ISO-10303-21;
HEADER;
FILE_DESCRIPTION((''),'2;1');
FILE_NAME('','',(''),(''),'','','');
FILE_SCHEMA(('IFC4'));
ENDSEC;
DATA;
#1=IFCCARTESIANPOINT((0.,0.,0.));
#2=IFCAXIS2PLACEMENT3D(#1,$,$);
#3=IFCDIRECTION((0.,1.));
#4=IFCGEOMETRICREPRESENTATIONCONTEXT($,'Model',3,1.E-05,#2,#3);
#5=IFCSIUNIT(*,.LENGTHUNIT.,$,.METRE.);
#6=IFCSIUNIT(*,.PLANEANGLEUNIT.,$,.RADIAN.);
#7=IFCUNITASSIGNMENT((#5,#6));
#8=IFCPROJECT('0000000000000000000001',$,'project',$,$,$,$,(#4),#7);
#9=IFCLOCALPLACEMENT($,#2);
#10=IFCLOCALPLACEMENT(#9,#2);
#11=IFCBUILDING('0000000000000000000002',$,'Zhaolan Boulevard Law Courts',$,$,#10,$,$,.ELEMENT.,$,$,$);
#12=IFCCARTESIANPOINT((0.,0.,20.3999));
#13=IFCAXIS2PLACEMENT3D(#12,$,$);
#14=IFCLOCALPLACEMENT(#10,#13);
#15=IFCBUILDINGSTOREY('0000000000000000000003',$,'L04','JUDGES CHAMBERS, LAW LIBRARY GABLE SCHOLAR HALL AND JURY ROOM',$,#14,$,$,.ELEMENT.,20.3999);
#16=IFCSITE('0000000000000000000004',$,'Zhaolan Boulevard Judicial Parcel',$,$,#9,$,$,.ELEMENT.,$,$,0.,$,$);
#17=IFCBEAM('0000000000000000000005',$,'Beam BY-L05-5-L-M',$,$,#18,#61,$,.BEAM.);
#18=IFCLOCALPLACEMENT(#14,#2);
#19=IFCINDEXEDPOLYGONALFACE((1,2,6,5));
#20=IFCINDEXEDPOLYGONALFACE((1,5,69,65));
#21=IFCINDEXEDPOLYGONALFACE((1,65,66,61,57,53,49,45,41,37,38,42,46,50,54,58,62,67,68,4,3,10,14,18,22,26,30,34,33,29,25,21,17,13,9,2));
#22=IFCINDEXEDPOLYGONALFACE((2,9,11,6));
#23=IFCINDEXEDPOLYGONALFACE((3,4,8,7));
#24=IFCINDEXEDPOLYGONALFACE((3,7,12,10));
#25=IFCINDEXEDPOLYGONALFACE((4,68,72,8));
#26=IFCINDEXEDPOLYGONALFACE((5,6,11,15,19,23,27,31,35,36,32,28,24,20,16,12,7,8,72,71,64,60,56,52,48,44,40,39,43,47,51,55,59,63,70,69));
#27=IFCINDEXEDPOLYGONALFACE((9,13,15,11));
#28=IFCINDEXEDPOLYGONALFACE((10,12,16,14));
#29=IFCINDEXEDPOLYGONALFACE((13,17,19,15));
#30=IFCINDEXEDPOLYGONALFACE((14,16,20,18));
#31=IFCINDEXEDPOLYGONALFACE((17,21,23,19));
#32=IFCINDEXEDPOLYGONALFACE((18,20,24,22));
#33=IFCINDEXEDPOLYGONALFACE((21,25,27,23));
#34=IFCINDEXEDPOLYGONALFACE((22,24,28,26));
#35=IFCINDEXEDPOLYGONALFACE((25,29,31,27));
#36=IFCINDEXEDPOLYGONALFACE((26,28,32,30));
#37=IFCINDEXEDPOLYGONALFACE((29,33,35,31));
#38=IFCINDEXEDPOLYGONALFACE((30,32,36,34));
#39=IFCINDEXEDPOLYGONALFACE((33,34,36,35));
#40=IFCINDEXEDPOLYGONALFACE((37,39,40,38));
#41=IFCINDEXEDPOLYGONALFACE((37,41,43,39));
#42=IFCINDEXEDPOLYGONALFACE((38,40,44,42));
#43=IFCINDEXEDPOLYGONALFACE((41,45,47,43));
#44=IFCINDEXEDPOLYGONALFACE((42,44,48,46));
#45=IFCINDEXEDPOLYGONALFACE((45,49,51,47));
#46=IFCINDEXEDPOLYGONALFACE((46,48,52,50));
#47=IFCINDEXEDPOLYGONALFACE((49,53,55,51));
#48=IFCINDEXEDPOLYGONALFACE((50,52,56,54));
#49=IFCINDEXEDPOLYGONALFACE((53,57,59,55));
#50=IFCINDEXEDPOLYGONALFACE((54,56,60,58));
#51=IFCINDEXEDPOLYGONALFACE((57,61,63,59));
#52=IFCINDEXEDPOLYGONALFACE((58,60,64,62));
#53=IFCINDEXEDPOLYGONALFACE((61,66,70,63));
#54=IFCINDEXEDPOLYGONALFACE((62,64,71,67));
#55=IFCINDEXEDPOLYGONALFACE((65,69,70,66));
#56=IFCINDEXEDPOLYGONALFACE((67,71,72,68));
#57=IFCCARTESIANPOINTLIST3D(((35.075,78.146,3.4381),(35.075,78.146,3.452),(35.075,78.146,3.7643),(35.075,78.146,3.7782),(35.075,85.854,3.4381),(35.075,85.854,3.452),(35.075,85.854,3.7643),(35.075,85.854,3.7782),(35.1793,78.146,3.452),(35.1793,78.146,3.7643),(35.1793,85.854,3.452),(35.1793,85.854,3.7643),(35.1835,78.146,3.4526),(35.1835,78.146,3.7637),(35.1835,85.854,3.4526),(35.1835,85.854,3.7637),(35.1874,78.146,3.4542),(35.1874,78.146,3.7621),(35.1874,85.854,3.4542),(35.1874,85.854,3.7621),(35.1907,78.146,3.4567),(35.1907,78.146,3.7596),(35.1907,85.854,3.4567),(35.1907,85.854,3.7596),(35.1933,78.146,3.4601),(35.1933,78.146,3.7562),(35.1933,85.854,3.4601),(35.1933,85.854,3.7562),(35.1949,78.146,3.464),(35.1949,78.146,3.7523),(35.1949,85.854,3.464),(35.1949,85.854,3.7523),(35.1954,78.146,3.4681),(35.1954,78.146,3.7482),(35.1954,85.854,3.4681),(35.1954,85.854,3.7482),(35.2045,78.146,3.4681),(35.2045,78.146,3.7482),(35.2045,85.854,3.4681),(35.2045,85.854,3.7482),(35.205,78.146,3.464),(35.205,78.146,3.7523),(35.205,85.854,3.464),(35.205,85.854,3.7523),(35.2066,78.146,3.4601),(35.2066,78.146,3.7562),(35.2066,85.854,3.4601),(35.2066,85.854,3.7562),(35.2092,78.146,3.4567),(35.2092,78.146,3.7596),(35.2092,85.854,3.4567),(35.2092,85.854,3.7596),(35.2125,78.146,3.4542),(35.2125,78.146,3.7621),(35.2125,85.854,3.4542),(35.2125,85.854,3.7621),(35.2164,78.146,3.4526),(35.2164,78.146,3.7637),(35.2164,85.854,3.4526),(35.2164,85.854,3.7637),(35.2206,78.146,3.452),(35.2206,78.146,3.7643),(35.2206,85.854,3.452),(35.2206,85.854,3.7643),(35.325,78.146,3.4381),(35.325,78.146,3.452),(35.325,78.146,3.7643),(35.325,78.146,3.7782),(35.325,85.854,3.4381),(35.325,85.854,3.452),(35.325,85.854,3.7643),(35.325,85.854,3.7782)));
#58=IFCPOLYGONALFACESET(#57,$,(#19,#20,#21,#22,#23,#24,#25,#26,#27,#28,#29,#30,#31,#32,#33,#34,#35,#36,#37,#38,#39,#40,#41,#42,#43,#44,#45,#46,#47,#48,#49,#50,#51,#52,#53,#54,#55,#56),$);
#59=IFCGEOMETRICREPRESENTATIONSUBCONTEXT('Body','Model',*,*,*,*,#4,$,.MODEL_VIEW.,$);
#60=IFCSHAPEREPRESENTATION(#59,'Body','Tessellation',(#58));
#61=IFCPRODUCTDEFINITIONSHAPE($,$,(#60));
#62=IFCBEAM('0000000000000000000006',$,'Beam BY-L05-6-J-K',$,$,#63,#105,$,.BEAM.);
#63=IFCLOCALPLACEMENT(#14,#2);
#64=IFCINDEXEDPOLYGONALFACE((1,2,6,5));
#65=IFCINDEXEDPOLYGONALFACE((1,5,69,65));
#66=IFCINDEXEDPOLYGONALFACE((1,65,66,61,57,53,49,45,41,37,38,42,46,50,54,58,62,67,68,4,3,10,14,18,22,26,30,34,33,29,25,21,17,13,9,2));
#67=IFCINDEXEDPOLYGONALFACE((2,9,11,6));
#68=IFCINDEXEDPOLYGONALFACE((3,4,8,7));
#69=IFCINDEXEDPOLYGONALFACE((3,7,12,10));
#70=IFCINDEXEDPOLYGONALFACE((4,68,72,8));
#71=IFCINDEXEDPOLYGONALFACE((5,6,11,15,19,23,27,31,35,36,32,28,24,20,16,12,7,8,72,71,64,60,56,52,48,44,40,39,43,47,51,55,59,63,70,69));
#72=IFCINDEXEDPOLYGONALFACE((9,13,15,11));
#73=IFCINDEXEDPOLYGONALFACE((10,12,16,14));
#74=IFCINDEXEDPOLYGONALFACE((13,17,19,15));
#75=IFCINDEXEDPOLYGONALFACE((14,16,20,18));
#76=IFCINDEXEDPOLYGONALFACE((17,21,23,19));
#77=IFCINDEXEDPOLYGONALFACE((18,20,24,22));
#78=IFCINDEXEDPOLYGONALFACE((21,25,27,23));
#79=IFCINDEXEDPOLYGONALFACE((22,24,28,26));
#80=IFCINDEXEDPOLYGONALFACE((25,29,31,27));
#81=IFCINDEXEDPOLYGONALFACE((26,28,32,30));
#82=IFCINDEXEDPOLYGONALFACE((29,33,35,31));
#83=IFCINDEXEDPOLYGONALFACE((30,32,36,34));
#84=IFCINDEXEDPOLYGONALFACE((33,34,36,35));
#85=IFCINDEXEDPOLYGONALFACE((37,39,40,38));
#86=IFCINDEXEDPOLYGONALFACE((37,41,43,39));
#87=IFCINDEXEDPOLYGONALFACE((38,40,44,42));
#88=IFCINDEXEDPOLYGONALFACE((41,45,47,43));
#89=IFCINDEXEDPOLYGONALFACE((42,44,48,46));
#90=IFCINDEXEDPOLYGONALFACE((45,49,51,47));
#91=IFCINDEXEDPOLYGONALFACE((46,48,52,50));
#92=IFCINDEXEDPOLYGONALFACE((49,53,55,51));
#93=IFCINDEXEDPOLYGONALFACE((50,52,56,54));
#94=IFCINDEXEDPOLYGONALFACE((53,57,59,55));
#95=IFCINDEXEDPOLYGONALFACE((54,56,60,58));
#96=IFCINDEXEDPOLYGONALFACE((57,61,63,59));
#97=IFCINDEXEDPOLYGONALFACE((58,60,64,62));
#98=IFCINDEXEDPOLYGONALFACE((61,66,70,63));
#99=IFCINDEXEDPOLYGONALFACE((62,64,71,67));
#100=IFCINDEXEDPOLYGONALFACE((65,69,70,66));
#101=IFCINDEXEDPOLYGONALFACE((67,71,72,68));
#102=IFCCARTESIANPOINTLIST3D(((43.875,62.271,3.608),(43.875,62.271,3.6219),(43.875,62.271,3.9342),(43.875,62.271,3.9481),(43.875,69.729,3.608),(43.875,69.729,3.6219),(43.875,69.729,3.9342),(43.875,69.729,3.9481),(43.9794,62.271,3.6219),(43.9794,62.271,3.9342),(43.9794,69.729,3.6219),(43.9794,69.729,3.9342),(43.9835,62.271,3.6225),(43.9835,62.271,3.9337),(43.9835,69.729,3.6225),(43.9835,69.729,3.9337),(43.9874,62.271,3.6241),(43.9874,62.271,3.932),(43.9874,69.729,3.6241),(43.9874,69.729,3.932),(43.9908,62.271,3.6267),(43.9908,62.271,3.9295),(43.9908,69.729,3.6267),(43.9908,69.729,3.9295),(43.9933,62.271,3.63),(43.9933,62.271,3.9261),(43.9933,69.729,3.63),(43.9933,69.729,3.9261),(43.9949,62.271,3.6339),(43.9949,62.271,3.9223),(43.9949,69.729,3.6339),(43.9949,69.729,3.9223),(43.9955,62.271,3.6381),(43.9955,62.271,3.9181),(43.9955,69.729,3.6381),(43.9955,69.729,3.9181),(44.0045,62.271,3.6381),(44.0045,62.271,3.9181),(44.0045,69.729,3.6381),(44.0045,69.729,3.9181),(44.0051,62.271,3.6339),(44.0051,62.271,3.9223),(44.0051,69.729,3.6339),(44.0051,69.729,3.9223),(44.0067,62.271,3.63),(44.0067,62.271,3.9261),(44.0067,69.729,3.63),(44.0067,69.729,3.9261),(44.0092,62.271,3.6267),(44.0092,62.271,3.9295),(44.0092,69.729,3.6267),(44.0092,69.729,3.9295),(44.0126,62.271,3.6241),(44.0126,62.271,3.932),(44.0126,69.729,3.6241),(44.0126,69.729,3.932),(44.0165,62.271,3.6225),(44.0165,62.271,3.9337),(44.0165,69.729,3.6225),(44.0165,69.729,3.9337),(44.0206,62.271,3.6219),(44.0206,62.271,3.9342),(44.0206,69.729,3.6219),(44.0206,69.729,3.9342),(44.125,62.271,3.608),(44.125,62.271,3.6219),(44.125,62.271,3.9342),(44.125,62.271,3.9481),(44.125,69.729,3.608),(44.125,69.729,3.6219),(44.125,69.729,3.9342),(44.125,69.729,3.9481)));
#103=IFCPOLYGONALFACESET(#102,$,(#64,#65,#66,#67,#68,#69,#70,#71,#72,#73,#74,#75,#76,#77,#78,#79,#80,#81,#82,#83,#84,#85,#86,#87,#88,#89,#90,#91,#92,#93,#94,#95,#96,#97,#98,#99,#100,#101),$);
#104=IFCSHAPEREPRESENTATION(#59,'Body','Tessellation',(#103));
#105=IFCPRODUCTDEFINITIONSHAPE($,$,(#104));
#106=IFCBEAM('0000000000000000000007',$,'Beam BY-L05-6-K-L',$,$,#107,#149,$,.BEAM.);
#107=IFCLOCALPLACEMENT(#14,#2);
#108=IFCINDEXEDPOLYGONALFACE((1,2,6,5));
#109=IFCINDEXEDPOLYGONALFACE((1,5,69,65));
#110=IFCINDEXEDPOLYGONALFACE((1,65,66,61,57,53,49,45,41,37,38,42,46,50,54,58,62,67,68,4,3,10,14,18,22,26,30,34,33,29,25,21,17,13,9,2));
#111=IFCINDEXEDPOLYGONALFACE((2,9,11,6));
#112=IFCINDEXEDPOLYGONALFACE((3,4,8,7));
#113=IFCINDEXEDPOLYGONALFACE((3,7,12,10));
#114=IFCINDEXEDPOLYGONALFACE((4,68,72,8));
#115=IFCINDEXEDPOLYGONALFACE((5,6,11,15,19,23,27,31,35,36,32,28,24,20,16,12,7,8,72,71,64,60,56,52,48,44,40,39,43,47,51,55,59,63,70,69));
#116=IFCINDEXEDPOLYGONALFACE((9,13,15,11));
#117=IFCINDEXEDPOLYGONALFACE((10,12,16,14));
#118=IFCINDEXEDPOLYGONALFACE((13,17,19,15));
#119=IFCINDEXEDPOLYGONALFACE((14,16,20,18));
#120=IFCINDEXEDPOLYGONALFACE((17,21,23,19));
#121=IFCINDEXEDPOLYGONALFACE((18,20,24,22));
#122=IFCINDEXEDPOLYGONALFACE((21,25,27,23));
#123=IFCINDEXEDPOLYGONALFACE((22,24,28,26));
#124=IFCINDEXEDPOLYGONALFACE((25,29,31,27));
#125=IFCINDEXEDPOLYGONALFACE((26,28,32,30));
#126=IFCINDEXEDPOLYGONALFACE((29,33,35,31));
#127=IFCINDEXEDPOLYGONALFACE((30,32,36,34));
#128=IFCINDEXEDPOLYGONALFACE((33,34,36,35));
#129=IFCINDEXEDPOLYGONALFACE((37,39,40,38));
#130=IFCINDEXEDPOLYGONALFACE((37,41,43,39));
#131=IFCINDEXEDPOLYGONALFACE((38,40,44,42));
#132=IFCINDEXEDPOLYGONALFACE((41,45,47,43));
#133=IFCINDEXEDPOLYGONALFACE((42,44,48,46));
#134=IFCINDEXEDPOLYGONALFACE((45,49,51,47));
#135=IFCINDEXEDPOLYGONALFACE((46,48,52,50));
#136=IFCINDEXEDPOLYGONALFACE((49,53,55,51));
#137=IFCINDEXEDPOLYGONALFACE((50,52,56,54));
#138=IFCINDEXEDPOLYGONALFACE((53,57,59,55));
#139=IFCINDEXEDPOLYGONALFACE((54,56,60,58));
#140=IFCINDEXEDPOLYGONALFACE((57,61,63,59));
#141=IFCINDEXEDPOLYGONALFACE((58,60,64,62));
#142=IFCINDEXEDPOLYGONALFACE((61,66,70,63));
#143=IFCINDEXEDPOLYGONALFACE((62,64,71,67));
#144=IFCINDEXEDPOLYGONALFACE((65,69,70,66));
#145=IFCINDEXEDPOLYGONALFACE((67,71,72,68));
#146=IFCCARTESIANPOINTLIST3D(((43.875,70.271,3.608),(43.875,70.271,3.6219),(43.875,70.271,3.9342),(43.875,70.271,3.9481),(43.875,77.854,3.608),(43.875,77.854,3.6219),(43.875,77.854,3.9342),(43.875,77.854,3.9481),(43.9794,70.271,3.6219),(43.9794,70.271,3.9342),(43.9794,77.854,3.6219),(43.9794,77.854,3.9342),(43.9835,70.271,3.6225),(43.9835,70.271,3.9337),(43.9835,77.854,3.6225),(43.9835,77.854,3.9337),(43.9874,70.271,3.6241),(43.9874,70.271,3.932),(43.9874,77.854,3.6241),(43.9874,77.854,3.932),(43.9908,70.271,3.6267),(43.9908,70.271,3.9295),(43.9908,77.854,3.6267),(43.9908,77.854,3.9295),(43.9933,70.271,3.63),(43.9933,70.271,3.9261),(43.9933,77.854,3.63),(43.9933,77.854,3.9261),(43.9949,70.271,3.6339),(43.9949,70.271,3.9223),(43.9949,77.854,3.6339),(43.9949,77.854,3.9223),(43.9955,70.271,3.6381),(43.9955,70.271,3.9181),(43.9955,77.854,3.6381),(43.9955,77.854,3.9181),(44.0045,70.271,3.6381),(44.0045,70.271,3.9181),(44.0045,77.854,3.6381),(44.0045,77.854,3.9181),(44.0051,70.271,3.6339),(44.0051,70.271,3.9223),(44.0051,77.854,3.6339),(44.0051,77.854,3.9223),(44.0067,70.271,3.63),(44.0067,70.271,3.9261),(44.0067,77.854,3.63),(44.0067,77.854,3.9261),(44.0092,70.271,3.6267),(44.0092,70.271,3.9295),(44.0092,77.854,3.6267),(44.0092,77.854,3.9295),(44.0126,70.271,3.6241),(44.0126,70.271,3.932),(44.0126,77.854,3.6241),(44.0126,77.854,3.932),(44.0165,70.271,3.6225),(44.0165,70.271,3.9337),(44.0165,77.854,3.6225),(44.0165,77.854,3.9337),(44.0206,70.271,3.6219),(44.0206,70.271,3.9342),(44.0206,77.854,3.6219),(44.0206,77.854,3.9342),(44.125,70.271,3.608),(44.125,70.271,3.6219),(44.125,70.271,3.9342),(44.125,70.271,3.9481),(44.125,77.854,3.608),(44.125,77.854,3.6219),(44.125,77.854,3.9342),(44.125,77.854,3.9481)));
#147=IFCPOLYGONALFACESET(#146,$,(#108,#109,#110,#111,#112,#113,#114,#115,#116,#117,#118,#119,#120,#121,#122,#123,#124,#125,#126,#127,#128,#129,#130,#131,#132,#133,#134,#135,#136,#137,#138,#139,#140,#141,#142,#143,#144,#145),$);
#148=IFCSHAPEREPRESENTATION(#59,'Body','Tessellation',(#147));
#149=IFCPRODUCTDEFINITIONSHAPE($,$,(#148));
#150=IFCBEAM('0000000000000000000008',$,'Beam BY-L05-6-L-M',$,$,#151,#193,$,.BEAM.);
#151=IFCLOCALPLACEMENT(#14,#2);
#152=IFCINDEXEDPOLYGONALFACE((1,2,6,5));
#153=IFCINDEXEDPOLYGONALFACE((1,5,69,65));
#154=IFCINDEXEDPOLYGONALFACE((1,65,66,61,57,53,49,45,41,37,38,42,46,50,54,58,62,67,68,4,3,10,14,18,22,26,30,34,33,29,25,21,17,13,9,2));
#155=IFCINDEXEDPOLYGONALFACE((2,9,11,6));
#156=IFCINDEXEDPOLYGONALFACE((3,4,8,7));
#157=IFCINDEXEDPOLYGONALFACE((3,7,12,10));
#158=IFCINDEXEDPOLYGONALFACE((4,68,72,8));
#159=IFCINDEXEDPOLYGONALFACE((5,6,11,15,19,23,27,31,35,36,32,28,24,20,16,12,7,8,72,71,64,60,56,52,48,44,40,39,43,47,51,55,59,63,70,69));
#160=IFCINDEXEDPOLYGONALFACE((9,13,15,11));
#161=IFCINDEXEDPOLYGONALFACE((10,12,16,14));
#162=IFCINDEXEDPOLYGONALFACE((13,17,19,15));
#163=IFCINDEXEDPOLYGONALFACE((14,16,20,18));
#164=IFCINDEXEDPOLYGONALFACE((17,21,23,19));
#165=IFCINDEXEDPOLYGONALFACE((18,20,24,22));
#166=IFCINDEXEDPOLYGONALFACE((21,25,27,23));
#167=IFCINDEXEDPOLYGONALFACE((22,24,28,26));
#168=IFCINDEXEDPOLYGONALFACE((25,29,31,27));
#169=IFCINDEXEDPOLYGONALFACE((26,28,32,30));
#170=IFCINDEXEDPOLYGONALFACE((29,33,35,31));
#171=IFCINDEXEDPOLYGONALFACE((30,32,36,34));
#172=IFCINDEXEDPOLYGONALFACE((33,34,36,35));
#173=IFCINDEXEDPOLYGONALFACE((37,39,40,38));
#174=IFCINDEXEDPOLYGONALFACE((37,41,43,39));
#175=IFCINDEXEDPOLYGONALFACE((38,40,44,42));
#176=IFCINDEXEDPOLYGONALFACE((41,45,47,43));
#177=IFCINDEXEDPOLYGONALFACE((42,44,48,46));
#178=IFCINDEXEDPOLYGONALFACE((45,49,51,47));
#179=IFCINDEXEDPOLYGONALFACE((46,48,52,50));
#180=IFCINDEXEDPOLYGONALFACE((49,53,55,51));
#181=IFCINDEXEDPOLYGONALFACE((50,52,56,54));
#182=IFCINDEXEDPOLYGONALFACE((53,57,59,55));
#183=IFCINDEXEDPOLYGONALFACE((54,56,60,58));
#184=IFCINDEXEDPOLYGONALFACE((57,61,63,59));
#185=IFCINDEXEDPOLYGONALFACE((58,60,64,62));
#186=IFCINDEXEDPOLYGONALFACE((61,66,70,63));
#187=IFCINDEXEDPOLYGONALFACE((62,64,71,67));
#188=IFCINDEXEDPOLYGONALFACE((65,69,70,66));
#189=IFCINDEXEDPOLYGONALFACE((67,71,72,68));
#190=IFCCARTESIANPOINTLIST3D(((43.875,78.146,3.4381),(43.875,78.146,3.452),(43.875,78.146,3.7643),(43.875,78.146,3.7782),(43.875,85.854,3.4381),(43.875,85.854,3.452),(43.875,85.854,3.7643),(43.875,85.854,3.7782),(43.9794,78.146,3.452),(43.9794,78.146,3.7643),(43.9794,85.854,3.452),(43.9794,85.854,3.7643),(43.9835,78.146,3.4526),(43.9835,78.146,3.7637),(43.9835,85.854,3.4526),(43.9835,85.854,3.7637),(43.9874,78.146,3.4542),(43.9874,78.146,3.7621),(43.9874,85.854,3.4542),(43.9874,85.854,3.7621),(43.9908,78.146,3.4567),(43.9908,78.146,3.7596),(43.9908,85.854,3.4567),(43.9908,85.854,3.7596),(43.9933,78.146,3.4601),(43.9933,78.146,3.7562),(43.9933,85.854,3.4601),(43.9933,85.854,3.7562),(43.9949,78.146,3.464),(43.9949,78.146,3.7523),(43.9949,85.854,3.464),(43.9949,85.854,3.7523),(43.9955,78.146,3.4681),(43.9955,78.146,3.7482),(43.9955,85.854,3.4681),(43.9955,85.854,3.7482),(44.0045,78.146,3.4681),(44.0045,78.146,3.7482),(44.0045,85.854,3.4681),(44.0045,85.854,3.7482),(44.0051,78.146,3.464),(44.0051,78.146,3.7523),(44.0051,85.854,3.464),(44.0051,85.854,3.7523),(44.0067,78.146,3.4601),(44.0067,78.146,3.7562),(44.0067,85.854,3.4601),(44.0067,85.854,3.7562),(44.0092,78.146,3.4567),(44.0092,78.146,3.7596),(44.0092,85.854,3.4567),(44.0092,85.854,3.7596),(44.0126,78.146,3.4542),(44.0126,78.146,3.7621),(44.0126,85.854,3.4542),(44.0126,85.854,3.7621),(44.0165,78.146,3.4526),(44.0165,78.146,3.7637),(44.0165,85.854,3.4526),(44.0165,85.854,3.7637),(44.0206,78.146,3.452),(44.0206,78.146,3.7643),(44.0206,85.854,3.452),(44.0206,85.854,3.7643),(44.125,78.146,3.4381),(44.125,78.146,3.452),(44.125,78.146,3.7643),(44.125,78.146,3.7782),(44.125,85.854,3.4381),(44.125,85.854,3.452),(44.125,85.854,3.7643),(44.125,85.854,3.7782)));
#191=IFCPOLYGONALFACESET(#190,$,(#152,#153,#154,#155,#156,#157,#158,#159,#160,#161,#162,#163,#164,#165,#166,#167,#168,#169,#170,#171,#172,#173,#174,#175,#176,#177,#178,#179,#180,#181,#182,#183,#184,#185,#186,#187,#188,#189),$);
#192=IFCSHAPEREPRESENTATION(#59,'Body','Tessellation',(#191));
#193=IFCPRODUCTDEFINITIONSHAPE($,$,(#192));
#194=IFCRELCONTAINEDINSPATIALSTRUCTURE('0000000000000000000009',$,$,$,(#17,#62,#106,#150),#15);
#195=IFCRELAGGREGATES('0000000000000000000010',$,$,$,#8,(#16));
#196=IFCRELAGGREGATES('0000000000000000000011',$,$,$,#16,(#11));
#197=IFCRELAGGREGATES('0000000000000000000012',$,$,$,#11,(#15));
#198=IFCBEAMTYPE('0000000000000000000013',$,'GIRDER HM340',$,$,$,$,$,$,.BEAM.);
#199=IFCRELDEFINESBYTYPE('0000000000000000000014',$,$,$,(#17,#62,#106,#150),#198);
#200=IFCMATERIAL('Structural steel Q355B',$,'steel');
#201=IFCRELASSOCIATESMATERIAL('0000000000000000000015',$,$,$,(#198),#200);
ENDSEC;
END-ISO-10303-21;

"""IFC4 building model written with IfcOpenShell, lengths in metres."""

from ifc_helpers import new_model, si_unit, direction, frame, origin, origin_2d, place, context, subcontext, project, spatial, i_section, extrude, material, material_profile, profile_set, type_object, element, save


model = new_model("IFC4")

# Units and contexts
model_context = context("Model", 3, precision=1e-05, world=origin(), true_north=direction((0.0, 1.0)))
body_context = subcontext(model_context, "Body", "Model", "MODEL_VIEW")
ifc_project = project(units=[si_unit("LENGTHUNIT", "METRE"), si_unit("PLANEANGLEUNIT", "RADIAN")], contexts=[model_context])

# Site, building, storey
site_placement = place(None, origin())
site = spatial("IfcSite", under=ifc_project, at=site_placement, Name="Zhaolan Boulevard Judicial Parcel", CompositionType="ELEMENT", RefElevation=0.0)
building_placement = place(site_placement, origin())
building = spatial("IfcBuilding", under=site, at=building_placement, Name="Zhaolan Boulevard Law Courts", CompositionType="ELEMENT")
storey_placement = place(building_placement, frame((0.0, 0.0, 20.3999)))
storey = spatial("IfcBuildingStorey", under=building, at=storey_placement, Name="L04", Description="JUDGES CHAMBERS, LAW LIBRARY GABLE SCHOLAR HALL AND JURY ROOM", CompositionType="ELEMENT", Elevation=20.3999)

# Beams
ifc_material_1 = material(Name="Structural steel Q355B", Category="steel")
ifc_material_profile_1 = material_profile(ifc_material_1, i_section(OverallWidth=0.25, OverallDepth=0.3401, WebThickness=0.009, FlangeThickness=0.0139, FilletRadius=0.0161, at=origin_2d()), Name="HM340x250")
ifc_profile_set_1 = profile_set([ifc_material_profile_1], Name="Structural steel Q355B")
beam_type_1 = type_object("IfcBeamType", Name="GIRDER HM340", PredefinedType="BEAM", material=ifc_profile_set_1)
beam_1_placement = place(storey_placement, frame((35.2, 78.146, 3.6082), z_axis=(0.0, 1.0, 0.0), x_axis=(-1.0, 0.0, 0.0)))
element("IfcBeam", 1, at=beam_1_placement, inside=storey, type_object=beam_type_1, Name="Beam BY-L05-5-L-M", PredefinedType="BEAM", context=body_context, shape_type="SweptSolid", body=[
    extrude(i_section(OverallWidth=0.25, OverallDepth=0.3401, WebThickness=0.009, FlangeThickness=0.0139, FilletRadius=0.0161, at=origin_2d()), origin(), (0.0, 0.0, 1.0), 7.708),
])
beam_2_placement = place(storey_placement, frame((44.0, 62.271, 3.7781), z_axis=(0.0, 1.0, 0.0), x_axis=(-1.0, 0.0, 0.0)))
element("IfcBeam", 2, at=beam_2_placement, inside=storey, type_object=beam_type_1, Name="Beam BY-L05-6-J-K", PredefinedType="BEAM", context=body_context, shape_type="SweptSolid", body=[
    extrude(i_section(OverallWidth=0.25, OverallDepth=0.3401, WebThickness=0.009, FlangeThickness=0.0139, FilletRadius=0.0161, at=origin_2d()), origin(), (0.0, 0.0, 1.0), 7.458),
])
beam_3_placement = place(storey_placement, frame((44.0, 70.271, 3.7781), z_axis=(0.0, 1.0, 0.0), x_axis=(-1.0, 0.0, 0.0)))
element("IfcBeam", 3, at=beam_3_placement, inside=storey, type_object=beam_type_1, Name="Beam BY-L05-6-K-L", PredefinedType="BEAM", context=body_context, shape_type="SweptSolid", body=[
    extrude(i_section(OverallWidth=0.25, OverallDepth=0.3401, WebThickness=0.009, FlangeThickness=0.0139, FilletRadius=0.0161, at=origin_2d()), origin(), (0.0, 0.0, 1.0), 7.583),
])
beam_4_placement = place(storey_placement, frame((44.0, 78.146, 3.6082), z_axis=(0.0, 1.0, 0.0), x_axis=(-1.0, 0.0, 0.0)))
element("IfcBeam", 4, at=beam_4_placement, inside=storey, type_object=beam_type_1, Name="Beam BY-L05-6-L-M", PredefinedType="BEAM", context=body_context, shape_type="SweptSolid", body=[
    extrude(i_section(OverallWidth=0.25, OverallDepth=0.3401, WebThickness=0.009, FlangeThickness=0.0139, FilletRadius=0.0161, at=origin_2d()), origin(), (0.0, 0.0, 1.0), 7.708),
])

save(model, "model.ifc")
